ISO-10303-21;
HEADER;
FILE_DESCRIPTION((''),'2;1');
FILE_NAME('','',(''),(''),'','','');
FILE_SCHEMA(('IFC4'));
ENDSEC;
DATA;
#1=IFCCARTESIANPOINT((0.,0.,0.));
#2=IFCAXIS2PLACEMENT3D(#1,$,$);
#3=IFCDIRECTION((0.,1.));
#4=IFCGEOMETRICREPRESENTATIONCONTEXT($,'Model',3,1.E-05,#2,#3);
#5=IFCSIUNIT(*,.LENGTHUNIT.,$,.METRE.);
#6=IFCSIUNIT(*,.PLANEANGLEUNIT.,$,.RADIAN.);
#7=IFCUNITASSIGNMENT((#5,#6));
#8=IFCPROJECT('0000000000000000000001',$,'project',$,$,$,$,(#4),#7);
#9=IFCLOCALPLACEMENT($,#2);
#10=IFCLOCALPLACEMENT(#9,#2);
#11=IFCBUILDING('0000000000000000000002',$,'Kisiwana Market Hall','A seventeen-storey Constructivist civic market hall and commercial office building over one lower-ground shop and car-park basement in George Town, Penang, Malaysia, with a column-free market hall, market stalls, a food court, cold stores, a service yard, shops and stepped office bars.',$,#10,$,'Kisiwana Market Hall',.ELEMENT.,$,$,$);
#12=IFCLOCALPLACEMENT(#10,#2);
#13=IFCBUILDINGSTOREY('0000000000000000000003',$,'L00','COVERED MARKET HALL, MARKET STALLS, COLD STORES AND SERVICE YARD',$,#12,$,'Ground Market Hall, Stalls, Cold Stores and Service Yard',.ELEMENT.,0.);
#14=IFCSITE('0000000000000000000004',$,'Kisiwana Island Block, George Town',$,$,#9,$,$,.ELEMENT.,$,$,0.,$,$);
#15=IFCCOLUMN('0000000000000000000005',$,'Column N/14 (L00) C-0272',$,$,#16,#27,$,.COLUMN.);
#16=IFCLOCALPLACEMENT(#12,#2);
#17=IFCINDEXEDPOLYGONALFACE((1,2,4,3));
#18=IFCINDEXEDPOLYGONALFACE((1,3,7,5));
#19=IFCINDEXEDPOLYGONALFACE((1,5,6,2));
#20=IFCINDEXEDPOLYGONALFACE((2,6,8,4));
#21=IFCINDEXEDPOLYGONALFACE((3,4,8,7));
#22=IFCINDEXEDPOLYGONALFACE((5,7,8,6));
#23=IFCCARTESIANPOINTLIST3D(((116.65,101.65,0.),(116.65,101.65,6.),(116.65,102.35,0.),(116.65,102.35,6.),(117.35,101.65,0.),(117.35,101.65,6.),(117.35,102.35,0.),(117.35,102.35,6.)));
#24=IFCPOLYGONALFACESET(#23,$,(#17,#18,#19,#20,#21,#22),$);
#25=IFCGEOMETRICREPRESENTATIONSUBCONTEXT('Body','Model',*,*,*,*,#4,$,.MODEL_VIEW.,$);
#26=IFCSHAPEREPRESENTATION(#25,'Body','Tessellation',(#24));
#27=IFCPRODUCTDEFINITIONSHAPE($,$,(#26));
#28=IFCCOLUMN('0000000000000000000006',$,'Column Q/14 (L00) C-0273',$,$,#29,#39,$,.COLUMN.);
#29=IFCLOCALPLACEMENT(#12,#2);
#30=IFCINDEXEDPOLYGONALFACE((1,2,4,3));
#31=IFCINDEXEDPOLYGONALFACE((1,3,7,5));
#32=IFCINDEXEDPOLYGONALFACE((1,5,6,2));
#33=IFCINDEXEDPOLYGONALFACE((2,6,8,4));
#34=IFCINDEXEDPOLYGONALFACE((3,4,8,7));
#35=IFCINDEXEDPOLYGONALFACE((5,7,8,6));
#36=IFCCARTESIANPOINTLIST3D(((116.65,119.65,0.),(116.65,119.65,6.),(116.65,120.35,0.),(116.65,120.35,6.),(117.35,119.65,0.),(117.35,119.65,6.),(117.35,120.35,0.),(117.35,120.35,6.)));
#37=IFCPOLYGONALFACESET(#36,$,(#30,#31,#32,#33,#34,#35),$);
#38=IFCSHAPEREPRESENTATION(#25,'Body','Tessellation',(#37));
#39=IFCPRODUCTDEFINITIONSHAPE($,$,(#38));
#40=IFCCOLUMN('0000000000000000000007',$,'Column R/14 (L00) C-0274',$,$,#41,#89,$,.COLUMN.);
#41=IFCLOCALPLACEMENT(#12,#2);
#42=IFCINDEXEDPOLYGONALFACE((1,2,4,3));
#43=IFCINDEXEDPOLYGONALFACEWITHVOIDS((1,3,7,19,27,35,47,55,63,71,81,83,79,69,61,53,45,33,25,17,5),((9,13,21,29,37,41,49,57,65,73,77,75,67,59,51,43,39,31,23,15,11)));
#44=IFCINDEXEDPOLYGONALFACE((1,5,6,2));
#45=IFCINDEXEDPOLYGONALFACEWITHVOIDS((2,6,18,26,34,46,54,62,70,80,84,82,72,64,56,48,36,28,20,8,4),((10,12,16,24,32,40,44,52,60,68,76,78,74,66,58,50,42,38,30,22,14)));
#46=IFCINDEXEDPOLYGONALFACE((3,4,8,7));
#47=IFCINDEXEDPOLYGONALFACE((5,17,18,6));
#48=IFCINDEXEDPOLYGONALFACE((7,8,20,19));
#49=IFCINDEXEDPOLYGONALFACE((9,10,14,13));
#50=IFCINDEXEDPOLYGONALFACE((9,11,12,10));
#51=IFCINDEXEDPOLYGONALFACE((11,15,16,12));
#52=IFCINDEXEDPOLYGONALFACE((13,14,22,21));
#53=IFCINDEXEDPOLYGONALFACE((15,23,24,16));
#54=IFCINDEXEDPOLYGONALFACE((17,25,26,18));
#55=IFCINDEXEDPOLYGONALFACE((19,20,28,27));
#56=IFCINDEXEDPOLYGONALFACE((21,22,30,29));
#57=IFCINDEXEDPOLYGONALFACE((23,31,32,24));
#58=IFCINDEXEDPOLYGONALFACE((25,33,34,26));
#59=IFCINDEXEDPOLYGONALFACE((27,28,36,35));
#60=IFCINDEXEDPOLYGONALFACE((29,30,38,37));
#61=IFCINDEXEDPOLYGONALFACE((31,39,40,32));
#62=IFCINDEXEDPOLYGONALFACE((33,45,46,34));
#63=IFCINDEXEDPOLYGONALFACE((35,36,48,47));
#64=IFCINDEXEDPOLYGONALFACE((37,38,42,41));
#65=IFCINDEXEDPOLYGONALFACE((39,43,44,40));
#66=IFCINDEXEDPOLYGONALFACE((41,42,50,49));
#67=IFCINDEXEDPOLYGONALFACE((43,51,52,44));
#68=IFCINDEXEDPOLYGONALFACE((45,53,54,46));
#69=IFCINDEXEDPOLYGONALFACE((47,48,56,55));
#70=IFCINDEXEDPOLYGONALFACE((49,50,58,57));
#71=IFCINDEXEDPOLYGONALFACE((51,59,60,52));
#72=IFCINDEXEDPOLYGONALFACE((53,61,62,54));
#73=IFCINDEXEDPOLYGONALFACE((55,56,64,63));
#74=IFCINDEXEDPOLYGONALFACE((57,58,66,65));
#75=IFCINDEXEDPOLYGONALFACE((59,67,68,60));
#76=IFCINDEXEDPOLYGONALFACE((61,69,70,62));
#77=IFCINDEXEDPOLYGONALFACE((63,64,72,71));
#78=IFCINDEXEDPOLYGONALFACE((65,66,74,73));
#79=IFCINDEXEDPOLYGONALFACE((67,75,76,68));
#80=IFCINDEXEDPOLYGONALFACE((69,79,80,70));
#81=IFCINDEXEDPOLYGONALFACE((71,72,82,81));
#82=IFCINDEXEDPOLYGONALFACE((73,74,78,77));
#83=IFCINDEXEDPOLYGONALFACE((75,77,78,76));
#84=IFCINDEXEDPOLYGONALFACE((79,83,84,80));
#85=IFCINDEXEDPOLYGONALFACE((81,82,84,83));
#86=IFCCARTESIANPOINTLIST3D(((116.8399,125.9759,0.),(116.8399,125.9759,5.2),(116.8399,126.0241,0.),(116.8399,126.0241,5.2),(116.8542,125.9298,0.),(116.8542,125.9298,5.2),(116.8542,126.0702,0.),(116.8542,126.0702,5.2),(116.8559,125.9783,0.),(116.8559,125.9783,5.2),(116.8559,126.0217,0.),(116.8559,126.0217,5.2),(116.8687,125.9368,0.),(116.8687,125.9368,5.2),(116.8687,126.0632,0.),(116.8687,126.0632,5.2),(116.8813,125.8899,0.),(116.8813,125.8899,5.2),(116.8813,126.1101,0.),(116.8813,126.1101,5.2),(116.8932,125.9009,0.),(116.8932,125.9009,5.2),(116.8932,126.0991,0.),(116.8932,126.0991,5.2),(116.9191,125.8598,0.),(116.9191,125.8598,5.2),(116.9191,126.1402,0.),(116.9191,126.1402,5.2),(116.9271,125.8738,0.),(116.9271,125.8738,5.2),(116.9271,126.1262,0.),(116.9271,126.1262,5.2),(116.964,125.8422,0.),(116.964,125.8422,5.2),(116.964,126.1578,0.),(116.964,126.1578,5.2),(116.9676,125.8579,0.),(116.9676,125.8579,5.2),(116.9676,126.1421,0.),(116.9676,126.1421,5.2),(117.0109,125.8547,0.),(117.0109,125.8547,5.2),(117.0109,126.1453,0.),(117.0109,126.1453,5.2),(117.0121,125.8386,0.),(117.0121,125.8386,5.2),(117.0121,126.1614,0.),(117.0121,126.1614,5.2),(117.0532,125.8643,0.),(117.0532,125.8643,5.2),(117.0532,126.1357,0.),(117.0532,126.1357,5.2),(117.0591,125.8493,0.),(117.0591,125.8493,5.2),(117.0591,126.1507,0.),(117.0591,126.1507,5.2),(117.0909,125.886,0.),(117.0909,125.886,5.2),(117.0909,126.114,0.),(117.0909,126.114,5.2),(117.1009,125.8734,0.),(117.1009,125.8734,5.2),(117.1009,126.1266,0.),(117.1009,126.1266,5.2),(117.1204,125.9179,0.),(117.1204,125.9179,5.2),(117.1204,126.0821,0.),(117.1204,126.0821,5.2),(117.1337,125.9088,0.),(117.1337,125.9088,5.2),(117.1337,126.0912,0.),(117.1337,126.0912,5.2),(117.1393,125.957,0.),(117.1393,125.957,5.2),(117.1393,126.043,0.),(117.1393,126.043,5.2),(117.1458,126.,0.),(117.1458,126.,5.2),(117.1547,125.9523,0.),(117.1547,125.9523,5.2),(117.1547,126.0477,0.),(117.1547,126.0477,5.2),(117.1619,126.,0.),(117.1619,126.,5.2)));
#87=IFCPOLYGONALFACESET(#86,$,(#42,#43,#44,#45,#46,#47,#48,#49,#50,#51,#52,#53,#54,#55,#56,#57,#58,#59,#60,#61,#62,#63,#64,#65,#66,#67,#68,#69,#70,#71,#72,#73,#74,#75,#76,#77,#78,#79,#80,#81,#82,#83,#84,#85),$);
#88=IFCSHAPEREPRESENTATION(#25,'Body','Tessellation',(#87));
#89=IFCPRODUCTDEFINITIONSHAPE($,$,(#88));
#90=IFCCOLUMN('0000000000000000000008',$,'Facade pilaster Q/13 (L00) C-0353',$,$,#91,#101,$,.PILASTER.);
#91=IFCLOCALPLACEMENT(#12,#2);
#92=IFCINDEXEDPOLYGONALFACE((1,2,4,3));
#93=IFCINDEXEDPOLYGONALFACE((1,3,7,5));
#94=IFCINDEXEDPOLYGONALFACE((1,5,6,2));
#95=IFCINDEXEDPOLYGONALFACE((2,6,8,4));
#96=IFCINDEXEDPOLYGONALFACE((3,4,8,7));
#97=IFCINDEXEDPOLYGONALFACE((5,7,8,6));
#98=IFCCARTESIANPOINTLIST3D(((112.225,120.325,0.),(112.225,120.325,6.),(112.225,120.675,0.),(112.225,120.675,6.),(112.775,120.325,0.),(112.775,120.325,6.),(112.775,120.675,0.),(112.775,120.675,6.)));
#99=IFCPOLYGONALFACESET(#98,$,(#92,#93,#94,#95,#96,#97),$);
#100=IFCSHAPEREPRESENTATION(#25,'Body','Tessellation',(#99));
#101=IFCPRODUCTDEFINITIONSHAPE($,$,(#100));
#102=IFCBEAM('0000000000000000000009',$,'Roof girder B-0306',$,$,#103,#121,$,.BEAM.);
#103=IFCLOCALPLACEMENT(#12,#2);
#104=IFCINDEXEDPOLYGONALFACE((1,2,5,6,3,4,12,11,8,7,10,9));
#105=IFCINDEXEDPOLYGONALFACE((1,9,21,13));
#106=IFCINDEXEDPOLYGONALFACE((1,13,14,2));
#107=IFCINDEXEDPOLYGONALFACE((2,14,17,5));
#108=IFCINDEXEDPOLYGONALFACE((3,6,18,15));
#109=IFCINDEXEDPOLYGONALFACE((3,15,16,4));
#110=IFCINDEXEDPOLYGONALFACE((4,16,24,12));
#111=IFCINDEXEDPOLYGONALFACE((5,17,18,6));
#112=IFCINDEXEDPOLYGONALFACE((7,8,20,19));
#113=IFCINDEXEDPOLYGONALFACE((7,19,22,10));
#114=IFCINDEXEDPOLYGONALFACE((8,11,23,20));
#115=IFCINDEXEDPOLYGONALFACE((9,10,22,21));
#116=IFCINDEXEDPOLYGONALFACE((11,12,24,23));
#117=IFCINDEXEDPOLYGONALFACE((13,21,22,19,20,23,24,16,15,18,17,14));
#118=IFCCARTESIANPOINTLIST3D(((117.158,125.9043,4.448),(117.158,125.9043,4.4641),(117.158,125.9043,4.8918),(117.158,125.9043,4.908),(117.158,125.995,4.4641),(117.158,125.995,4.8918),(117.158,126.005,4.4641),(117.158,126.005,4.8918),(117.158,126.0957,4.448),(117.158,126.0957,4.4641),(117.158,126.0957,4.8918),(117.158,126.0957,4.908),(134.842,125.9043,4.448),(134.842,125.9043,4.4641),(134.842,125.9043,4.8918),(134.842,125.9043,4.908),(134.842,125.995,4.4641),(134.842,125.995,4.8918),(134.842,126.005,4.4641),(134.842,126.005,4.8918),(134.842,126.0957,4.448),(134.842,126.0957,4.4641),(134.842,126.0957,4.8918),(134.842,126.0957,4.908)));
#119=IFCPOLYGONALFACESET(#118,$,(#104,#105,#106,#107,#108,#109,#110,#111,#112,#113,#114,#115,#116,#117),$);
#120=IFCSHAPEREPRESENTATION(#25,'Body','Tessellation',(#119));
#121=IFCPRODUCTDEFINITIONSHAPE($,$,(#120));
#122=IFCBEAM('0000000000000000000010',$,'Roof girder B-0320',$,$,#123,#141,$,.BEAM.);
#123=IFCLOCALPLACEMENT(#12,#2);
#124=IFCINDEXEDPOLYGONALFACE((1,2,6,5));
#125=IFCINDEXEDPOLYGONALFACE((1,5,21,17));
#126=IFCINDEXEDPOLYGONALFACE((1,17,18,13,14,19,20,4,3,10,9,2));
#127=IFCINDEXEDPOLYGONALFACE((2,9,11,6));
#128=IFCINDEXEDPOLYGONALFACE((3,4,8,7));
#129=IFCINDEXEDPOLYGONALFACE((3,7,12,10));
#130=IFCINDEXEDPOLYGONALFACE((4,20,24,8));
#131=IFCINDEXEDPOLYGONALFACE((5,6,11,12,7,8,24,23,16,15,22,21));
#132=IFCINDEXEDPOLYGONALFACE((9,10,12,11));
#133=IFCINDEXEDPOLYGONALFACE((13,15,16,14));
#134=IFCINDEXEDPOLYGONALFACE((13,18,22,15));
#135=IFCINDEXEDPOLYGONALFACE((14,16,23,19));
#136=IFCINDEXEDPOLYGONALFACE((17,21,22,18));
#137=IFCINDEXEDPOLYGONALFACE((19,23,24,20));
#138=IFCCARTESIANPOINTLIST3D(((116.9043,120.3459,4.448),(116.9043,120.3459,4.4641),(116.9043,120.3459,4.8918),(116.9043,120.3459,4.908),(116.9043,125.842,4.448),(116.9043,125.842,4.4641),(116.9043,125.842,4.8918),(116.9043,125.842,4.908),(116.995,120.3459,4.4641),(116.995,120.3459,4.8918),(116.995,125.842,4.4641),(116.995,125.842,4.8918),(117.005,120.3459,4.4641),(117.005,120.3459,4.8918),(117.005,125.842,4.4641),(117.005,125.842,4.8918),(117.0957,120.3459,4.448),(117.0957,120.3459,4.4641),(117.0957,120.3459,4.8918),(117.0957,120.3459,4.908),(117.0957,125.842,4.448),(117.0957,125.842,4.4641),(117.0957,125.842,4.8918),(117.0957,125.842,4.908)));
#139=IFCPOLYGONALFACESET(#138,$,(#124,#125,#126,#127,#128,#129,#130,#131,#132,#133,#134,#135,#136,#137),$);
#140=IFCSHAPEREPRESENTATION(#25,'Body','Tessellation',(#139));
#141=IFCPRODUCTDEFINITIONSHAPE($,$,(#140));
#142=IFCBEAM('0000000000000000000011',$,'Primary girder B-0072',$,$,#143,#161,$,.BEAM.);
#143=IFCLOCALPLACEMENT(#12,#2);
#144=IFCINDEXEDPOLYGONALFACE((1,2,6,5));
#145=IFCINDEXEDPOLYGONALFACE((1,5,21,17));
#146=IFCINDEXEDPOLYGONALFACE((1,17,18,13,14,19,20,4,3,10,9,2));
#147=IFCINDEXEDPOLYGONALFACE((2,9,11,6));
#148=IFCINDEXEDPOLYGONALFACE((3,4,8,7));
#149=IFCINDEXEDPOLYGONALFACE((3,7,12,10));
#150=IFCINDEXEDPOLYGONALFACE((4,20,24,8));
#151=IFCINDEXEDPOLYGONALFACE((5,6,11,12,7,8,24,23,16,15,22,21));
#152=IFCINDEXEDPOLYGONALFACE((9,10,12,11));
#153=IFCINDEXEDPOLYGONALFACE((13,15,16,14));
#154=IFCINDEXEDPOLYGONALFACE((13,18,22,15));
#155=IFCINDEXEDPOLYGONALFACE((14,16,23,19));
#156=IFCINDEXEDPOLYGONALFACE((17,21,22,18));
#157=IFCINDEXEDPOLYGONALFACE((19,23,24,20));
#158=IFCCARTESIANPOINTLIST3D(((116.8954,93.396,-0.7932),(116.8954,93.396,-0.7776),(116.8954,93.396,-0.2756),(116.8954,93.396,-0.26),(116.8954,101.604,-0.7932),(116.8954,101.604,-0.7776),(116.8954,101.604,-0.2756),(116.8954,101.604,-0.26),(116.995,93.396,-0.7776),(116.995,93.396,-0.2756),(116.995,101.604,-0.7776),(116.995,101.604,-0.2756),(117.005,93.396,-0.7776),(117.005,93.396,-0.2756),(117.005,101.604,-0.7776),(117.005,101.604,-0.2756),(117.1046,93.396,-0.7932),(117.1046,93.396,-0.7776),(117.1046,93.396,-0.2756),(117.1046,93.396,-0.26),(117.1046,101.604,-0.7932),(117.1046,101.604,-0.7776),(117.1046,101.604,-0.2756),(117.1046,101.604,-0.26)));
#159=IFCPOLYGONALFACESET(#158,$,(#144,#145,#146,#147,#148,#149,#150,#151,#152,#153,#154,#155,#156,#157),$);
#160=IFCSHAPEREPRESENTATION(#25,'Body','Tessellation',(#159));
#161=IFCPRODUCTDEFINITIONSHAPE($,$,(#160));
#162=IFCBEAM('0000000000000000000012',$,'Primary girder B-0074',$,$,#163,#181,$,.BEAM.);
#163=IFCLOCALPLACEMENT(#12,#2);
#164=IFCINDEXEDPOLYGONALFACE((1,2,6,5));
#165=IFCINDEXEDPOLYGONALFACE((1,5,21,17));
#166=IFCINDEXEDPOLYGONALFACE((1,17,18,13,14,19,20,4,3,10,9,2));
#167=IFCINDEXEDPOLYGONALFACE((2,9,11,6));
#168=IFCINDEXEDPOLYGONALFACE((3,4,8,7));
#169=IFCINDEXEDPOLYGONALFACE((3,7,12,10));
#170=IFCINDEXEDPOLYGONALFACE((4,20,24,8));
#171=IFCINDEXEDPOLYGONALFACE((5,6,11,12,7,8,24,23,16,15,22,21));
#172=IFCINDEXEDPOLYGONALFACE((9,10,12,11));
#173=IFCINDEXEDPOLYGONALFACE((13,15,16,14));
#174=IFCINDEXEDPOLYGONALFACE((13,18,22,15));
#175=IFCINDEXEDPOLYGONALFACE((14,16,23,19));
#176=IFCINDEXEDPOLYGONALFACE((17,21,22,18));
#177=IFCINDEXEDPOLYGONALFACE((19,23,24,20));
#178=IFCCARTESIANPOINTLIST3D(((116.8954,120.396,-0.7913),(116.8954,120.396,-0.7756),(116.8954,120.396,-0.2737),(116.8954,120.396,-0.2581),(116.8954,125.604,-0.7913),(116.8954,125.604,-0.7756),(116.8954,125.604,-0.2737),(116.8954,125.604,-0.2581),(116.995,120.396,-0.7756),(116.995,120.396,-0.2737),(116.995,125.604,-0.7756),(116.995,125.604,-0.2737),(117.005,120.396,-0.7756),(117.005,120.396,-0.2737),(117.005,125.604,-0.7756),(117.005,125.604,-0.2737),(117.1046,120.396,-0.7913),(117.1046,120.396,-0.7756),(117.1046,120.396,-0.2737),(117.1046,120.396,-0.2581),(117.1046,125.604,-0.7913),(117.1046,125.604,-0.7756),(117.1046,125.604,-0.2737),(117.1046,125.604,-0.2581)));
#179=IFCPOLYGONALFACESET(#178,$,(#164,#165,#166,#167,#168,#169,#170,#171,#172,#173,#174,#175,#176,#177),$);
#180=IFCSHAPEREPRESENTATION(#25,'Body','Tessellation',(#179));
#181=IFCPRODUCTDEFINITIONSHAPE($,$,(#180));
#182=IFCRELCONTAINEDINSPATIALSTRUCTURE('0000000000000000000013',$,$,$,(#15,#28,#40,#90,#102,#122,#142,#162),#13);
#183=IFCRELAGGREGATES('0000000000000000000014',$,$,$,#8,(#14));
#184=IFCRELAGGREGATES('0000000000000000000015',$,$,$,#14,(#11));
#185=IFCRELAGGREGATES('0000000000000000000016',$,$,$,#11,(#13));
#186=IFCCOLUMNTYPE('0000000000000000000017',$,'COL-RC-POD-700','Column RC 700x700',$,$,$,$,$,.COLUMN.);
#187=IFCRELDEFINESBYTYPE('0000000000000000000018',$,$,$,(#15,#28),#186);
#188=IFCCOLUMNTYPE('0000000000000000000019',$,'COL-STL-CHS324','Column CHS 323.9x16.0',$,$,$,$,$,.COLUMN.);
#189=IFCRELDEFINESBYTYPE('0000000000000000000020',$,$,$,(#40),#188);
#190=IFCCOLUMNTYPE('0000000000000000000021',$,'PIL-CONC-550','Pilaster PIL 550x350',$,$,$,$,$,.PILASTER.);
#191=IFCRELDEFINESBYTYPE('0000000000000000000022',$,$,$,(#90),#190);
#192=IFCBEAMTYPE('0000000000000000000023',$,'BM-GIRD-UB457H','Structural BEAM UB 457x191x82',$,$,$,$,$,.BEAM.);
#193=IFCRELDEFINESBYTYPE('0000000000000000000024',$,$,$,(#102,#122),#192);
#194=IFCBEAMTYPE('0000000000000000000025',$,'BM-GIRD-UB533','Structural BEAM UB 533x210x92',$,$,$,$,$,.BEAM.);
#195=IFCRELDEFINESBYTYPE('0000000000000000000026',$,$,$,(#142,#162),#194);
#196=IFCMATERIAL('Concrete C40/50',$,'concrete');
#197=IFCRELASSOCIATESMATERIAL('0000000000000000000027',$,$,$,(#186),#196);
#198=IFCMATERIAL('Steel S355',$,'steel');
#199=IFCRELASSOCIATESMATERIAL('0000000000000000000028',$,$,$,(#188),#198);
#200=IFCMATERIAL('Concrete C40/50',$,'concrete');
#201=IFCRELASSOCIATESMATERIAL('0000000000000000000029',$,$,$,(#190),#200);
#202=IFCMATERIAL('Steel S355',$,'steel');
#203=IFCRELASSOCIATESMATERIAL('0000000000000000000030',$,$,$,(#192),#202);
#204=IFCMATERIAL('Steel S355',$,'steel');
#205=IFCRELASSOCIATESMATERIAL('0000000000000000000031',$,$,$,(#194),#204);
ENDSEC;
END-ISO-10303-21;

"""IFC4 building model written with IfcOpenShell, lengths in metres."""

from ifc_helpers import new_model, si_unit, direction, frame, origin, origin_2d, place, context, subcontext, project, spatial, rectangle, hollow_circle, i_section, extrude, material, material_profile, profile_set, type_object, element, save


model = new_model("IFC4")

# Units and contexts
model_context = context("Model", 3, precision=1e-05, world=origin(), true_north=direction((0.0, 1.0)))
body_context = subcontext(model_context, "Body", "Model", "MODEL_VIEW")
ifc_project = project(units=[si_unit("LENGTHUNIT", "METRE"), si_unit("PLANEANGLEUNIT", "RADIAN")], contexts=[model_context])

# Site, building, storey
site_placement = place(None, origin())
site = spatial("IfcSite", under=ifc_project, at=site_placement, Name="Kisiwana Island Block, George Town", CompositionType="ELEMENT", RefElevation=0.0)
building_placement = place(site_placement, origin())
building = spatial("IfcBuilding", under=site, at=building_placement, Name="Kisiwana Market Hall", Description="A seventeen-storey Constructivist civic market hall and commercial office building over one lower-ground shop and car-park basement in George Town, Penang, Malaysia, with a column-free market hall, market stalls, a food court, cold stores, a service yard, shops and stepped office bars.", LongName="Kisiwana Market Hall", CompositionType="ELEMENT")
storey_placement = place(building_placement, origin())
storey = spatial("IfcBuildingStorey", under=building, at=storey_placement, Name="L00", Description="COVERED MARKET HALL, MARKET STALLS, COLD STORES AND SERVICE YARD", LongName="Ground Market Hall, Stalls, Cold Stores and Service Yard", CompositionType="ELEMENT", Elevation=0.0)

# Columns
ifc_material_1 = material(Name="Concrete C40/50", Category="concrete")
ifc_material_profile_1 = material_profile(ifc_material_1, rectangle(XDim=0.7, YDim=0.7, at=origin_2d()), Name="RC 700x700")
ifc_profile_set_1 = profile_set([ifc_material_profile_1], Name="Concrete C40/50")
column_type_1 = type_object("IfcColumnType", Name="COL-RC-POD-700", Description="Column RC 700x700", PredefinedType="COLUMN", material=ifc_profile_set_1)
for number, where, z_axis, x_axis, name in (
    (1, (117.0, 102.0, 0.0), (0.0, 0.0, 1.0), (1.0, 0.0, 0.0), "Column N/14 (L00) C-0272"),
    (2, (117.0, 120.0, 0.0), (0.0, 0.0, 1.0), (1.0, 0.0, 0.0), "Column Q/14 (L00) C-0273"),
):
    element("IfcColumn", number, at=place(storey_placement, frame(where, z_axis=z_axis, x_axis=x_axis)), inside=storey, type_object=column_type_1, Name=name, PredefinedType="COLUMN", context=body_context, shape_type="SweptSolid", body=[
        extrude(rectangle(XDim=0.7, YDim=0.7, at=origin_2d()), origin(), (0.0, 0.0, 1.0), 6.0),
    ])
ifc_material_2 = material(Name="Steel S355", Category="steel")
ifc_material_profile_2 = material_profile(ifc_material_2, hollow_circle(Radius=0.1619, WallThickness=0.0161, at=origin_2d()), Name="CHS 323.9x16.0")
ifc_profile_set_2 = profile_set([ifc_material_profile_2], Name="Steel S355")
column_type_2 = type_object("IfcColumnType", Name="COL-STL-CHS324", Description="Column CHS 323.9x16.0", PredefinedType="COLUMN", material=ifc_profile_set_2)
column_1_placement = place(storey_placement, frame((117.0, 126.0, 0.0), z_axis=(0.0, 0.0, 1.0), x_axis=(1.0, 0.0, 0.0)))
element("IfcColumn", 3, at=column_1_placement, inside=storey, type_object=column_type_2, Name="Column R/14 (L00) C-0274", PredefinedType="COLUMN", context=body_context, shape_type="SweptSolid", body=[
    extrude(hollow_circle(Radius=0.1619, WallThickness=0.0161, at=origin_2d()), origin(), (0.0, 0.0, 1.0), 5.2),
])
ifc_material_3 = material(Name="Concrete C40/50", Category="concrete")
ifc_material_profile_3 = material_profile(ifc_material_3, rectangle(XDim=0.55, YDim=0.3501, at=origin_2d()), Name="PIL 550x350")
ifc_profile_set_3 = profile_set([ifc_material_profile_3], Name="Concrete C40/50")
column_type_3 = type_object("IfcColumnType", Name="PIL-CONC-550", Description="Pilaster PIL 550x350", PredefinedType="PILASTER", material=ifc_profile_set_3)
column_2_placement = place(storey_placement, frame((112.5, 120.5, 0.0), z_axis=(0.0, 0.0, 1.0), x_axis=(1.0, 0.0, 0.0)))
element("IfcColumn", 4, at=column_2_placement, inside=storey, type_object=column_type_3, Name="Facade pilaster Q/13 (L00) C-0353", PredefinedType="PILASTER", context=body_context, shape_type="SweptSolid", body=[
    extrude(rectangle(XDim=0.55, YDim=0.3501, at=origin_2d()), origin(), (0.0, 0.0, 1.0), 6.0),
])

# Beams
ifc_material_4 = material(Name="Steel S355", Category="steel")
ifc_material_profile_4 = material_profile(ifc_material_4, i_section(OverallWidth=0.1914, OverallDepth=0.46, WebThickness=0.01, FlangeThickness=0.0161, at=origin_2d()), Name="UB 457x191x82")
ifc_profile_set_4 = profile_set([ifc_material_profile_4], Name="Steel S355")
beam_type_1 = type_object("IfcBeamType", Name="BM-GIRD-UB457H", Description="Structural BEAM UB 457x191x82", PredefinedType="BEAM", material=ifc_profile_set_4)
beam_1_placement = place(storey_placement, frame((117.158, 126.0, 4.678), z_axis=(1.0, 0.0, 0.0), x_axis=(0.0, 1.0, 0.0)))
element("IfcBeam", 5, at=beam_1_placement, inside=storey, type_object=beam_type_1, Name="Roof girder B-0306", PredefinedType="BEAM", context=body_context, shape_type="SweptSolid", body=[
    extrude(i_section(OverallWidth=0.1914, OverallDepth=0.46, WebThickness=0.01, FlangeThickness=0.0161, at=origin_2d()), origin(), (0.0, 0.0, 1.0), 17.6841),
])
beam_2_placement = place(storey_placement, frame((117.0, 120.3459, 4.678), z_axis=(0.0, 1.0, 0.0), x_axis=(-1.0, 0.0, 0.0)))
element("IfcBeam", 6, at=beam_2_placement, inside=storey, type_object=beam_type_1, Name="Roof girder B-0320", PredefinedType="BEAM", context=body_context, shape_type="SweptSolid", body=[
    extrude(i_section(OverallWidth=0.1914, OverallDepth=0.46, WebThickness=0.01, FlangeThickness=0.0161, at=origin_2d()), origin(), (0.0, 0.0, 1.0), 5.4961),
])
ifc_material_5 = material(Name="Steel S355", Category="steel")
ifc_material_profile_5 = material_profile(ifc_material_5, i_section(OverallWidth=0.2092, OverallDepth=0.5332, WebThickness=0.01, FlangeThickness=0.0156, at=origin_2d()), Name="UB 533x210x92")
ifc_profile_set_5 = profile_set([ifc_material_profile_5], Name="Steel S355")
beam_type_2 = type_object("IfcBeamType", Name="BM-GIRD-UB533", Description="Structural BEAM UB 533x210x92", PredefinedType="BEAM", material=ifc_profile_set_5)
beam_3_placement = place(storey_placement, frame((117.0, 93.396, -0.5266), z_axis=(0.0, 1.0, 0.0), x_axis=(-1.0, 0.0, 0.0)))
element("IfcBeam", 7, at=beam_3_placement, inside=storey, type_object=beam_type_2, Name="Primary girder B-0072", PredefinedType="BEAM", context=body_context, shape_type="SweptSolid", body=[
    extrude(i_section(OverallWidth=0.2092, OverallDepth=0.5332, WebThickness=0.01, FlangeThickness=0.0156, at=origin_2d()), origin(), (0.0, 0.0, 1.0), 8.208),
])
beam_4_placement = place(storey_placement, frame((117.0, 120.396, -0.5247), z_axis=(0.0, 1.0, 0.0), x_axis=(-1.0, 0.0, 0.0)))
element("IfcBeam", 8, at=beam_4_placement, inside=storey, type_object=beam_type_2, Name="Primary girder B-0074", PredefinedType="BEAM", context=body_context, shape_type="SweptSolid", body=[
    extrude(i_section(OverallWidth=0.2092, OverallDepth=0.5332, WebThickness=0.01, FlangeThickness=0.0156, at=origin_2d()), origin(), (0.0, 0.0, 1.0), 5.208),
])

save(model, "model.ifc")
